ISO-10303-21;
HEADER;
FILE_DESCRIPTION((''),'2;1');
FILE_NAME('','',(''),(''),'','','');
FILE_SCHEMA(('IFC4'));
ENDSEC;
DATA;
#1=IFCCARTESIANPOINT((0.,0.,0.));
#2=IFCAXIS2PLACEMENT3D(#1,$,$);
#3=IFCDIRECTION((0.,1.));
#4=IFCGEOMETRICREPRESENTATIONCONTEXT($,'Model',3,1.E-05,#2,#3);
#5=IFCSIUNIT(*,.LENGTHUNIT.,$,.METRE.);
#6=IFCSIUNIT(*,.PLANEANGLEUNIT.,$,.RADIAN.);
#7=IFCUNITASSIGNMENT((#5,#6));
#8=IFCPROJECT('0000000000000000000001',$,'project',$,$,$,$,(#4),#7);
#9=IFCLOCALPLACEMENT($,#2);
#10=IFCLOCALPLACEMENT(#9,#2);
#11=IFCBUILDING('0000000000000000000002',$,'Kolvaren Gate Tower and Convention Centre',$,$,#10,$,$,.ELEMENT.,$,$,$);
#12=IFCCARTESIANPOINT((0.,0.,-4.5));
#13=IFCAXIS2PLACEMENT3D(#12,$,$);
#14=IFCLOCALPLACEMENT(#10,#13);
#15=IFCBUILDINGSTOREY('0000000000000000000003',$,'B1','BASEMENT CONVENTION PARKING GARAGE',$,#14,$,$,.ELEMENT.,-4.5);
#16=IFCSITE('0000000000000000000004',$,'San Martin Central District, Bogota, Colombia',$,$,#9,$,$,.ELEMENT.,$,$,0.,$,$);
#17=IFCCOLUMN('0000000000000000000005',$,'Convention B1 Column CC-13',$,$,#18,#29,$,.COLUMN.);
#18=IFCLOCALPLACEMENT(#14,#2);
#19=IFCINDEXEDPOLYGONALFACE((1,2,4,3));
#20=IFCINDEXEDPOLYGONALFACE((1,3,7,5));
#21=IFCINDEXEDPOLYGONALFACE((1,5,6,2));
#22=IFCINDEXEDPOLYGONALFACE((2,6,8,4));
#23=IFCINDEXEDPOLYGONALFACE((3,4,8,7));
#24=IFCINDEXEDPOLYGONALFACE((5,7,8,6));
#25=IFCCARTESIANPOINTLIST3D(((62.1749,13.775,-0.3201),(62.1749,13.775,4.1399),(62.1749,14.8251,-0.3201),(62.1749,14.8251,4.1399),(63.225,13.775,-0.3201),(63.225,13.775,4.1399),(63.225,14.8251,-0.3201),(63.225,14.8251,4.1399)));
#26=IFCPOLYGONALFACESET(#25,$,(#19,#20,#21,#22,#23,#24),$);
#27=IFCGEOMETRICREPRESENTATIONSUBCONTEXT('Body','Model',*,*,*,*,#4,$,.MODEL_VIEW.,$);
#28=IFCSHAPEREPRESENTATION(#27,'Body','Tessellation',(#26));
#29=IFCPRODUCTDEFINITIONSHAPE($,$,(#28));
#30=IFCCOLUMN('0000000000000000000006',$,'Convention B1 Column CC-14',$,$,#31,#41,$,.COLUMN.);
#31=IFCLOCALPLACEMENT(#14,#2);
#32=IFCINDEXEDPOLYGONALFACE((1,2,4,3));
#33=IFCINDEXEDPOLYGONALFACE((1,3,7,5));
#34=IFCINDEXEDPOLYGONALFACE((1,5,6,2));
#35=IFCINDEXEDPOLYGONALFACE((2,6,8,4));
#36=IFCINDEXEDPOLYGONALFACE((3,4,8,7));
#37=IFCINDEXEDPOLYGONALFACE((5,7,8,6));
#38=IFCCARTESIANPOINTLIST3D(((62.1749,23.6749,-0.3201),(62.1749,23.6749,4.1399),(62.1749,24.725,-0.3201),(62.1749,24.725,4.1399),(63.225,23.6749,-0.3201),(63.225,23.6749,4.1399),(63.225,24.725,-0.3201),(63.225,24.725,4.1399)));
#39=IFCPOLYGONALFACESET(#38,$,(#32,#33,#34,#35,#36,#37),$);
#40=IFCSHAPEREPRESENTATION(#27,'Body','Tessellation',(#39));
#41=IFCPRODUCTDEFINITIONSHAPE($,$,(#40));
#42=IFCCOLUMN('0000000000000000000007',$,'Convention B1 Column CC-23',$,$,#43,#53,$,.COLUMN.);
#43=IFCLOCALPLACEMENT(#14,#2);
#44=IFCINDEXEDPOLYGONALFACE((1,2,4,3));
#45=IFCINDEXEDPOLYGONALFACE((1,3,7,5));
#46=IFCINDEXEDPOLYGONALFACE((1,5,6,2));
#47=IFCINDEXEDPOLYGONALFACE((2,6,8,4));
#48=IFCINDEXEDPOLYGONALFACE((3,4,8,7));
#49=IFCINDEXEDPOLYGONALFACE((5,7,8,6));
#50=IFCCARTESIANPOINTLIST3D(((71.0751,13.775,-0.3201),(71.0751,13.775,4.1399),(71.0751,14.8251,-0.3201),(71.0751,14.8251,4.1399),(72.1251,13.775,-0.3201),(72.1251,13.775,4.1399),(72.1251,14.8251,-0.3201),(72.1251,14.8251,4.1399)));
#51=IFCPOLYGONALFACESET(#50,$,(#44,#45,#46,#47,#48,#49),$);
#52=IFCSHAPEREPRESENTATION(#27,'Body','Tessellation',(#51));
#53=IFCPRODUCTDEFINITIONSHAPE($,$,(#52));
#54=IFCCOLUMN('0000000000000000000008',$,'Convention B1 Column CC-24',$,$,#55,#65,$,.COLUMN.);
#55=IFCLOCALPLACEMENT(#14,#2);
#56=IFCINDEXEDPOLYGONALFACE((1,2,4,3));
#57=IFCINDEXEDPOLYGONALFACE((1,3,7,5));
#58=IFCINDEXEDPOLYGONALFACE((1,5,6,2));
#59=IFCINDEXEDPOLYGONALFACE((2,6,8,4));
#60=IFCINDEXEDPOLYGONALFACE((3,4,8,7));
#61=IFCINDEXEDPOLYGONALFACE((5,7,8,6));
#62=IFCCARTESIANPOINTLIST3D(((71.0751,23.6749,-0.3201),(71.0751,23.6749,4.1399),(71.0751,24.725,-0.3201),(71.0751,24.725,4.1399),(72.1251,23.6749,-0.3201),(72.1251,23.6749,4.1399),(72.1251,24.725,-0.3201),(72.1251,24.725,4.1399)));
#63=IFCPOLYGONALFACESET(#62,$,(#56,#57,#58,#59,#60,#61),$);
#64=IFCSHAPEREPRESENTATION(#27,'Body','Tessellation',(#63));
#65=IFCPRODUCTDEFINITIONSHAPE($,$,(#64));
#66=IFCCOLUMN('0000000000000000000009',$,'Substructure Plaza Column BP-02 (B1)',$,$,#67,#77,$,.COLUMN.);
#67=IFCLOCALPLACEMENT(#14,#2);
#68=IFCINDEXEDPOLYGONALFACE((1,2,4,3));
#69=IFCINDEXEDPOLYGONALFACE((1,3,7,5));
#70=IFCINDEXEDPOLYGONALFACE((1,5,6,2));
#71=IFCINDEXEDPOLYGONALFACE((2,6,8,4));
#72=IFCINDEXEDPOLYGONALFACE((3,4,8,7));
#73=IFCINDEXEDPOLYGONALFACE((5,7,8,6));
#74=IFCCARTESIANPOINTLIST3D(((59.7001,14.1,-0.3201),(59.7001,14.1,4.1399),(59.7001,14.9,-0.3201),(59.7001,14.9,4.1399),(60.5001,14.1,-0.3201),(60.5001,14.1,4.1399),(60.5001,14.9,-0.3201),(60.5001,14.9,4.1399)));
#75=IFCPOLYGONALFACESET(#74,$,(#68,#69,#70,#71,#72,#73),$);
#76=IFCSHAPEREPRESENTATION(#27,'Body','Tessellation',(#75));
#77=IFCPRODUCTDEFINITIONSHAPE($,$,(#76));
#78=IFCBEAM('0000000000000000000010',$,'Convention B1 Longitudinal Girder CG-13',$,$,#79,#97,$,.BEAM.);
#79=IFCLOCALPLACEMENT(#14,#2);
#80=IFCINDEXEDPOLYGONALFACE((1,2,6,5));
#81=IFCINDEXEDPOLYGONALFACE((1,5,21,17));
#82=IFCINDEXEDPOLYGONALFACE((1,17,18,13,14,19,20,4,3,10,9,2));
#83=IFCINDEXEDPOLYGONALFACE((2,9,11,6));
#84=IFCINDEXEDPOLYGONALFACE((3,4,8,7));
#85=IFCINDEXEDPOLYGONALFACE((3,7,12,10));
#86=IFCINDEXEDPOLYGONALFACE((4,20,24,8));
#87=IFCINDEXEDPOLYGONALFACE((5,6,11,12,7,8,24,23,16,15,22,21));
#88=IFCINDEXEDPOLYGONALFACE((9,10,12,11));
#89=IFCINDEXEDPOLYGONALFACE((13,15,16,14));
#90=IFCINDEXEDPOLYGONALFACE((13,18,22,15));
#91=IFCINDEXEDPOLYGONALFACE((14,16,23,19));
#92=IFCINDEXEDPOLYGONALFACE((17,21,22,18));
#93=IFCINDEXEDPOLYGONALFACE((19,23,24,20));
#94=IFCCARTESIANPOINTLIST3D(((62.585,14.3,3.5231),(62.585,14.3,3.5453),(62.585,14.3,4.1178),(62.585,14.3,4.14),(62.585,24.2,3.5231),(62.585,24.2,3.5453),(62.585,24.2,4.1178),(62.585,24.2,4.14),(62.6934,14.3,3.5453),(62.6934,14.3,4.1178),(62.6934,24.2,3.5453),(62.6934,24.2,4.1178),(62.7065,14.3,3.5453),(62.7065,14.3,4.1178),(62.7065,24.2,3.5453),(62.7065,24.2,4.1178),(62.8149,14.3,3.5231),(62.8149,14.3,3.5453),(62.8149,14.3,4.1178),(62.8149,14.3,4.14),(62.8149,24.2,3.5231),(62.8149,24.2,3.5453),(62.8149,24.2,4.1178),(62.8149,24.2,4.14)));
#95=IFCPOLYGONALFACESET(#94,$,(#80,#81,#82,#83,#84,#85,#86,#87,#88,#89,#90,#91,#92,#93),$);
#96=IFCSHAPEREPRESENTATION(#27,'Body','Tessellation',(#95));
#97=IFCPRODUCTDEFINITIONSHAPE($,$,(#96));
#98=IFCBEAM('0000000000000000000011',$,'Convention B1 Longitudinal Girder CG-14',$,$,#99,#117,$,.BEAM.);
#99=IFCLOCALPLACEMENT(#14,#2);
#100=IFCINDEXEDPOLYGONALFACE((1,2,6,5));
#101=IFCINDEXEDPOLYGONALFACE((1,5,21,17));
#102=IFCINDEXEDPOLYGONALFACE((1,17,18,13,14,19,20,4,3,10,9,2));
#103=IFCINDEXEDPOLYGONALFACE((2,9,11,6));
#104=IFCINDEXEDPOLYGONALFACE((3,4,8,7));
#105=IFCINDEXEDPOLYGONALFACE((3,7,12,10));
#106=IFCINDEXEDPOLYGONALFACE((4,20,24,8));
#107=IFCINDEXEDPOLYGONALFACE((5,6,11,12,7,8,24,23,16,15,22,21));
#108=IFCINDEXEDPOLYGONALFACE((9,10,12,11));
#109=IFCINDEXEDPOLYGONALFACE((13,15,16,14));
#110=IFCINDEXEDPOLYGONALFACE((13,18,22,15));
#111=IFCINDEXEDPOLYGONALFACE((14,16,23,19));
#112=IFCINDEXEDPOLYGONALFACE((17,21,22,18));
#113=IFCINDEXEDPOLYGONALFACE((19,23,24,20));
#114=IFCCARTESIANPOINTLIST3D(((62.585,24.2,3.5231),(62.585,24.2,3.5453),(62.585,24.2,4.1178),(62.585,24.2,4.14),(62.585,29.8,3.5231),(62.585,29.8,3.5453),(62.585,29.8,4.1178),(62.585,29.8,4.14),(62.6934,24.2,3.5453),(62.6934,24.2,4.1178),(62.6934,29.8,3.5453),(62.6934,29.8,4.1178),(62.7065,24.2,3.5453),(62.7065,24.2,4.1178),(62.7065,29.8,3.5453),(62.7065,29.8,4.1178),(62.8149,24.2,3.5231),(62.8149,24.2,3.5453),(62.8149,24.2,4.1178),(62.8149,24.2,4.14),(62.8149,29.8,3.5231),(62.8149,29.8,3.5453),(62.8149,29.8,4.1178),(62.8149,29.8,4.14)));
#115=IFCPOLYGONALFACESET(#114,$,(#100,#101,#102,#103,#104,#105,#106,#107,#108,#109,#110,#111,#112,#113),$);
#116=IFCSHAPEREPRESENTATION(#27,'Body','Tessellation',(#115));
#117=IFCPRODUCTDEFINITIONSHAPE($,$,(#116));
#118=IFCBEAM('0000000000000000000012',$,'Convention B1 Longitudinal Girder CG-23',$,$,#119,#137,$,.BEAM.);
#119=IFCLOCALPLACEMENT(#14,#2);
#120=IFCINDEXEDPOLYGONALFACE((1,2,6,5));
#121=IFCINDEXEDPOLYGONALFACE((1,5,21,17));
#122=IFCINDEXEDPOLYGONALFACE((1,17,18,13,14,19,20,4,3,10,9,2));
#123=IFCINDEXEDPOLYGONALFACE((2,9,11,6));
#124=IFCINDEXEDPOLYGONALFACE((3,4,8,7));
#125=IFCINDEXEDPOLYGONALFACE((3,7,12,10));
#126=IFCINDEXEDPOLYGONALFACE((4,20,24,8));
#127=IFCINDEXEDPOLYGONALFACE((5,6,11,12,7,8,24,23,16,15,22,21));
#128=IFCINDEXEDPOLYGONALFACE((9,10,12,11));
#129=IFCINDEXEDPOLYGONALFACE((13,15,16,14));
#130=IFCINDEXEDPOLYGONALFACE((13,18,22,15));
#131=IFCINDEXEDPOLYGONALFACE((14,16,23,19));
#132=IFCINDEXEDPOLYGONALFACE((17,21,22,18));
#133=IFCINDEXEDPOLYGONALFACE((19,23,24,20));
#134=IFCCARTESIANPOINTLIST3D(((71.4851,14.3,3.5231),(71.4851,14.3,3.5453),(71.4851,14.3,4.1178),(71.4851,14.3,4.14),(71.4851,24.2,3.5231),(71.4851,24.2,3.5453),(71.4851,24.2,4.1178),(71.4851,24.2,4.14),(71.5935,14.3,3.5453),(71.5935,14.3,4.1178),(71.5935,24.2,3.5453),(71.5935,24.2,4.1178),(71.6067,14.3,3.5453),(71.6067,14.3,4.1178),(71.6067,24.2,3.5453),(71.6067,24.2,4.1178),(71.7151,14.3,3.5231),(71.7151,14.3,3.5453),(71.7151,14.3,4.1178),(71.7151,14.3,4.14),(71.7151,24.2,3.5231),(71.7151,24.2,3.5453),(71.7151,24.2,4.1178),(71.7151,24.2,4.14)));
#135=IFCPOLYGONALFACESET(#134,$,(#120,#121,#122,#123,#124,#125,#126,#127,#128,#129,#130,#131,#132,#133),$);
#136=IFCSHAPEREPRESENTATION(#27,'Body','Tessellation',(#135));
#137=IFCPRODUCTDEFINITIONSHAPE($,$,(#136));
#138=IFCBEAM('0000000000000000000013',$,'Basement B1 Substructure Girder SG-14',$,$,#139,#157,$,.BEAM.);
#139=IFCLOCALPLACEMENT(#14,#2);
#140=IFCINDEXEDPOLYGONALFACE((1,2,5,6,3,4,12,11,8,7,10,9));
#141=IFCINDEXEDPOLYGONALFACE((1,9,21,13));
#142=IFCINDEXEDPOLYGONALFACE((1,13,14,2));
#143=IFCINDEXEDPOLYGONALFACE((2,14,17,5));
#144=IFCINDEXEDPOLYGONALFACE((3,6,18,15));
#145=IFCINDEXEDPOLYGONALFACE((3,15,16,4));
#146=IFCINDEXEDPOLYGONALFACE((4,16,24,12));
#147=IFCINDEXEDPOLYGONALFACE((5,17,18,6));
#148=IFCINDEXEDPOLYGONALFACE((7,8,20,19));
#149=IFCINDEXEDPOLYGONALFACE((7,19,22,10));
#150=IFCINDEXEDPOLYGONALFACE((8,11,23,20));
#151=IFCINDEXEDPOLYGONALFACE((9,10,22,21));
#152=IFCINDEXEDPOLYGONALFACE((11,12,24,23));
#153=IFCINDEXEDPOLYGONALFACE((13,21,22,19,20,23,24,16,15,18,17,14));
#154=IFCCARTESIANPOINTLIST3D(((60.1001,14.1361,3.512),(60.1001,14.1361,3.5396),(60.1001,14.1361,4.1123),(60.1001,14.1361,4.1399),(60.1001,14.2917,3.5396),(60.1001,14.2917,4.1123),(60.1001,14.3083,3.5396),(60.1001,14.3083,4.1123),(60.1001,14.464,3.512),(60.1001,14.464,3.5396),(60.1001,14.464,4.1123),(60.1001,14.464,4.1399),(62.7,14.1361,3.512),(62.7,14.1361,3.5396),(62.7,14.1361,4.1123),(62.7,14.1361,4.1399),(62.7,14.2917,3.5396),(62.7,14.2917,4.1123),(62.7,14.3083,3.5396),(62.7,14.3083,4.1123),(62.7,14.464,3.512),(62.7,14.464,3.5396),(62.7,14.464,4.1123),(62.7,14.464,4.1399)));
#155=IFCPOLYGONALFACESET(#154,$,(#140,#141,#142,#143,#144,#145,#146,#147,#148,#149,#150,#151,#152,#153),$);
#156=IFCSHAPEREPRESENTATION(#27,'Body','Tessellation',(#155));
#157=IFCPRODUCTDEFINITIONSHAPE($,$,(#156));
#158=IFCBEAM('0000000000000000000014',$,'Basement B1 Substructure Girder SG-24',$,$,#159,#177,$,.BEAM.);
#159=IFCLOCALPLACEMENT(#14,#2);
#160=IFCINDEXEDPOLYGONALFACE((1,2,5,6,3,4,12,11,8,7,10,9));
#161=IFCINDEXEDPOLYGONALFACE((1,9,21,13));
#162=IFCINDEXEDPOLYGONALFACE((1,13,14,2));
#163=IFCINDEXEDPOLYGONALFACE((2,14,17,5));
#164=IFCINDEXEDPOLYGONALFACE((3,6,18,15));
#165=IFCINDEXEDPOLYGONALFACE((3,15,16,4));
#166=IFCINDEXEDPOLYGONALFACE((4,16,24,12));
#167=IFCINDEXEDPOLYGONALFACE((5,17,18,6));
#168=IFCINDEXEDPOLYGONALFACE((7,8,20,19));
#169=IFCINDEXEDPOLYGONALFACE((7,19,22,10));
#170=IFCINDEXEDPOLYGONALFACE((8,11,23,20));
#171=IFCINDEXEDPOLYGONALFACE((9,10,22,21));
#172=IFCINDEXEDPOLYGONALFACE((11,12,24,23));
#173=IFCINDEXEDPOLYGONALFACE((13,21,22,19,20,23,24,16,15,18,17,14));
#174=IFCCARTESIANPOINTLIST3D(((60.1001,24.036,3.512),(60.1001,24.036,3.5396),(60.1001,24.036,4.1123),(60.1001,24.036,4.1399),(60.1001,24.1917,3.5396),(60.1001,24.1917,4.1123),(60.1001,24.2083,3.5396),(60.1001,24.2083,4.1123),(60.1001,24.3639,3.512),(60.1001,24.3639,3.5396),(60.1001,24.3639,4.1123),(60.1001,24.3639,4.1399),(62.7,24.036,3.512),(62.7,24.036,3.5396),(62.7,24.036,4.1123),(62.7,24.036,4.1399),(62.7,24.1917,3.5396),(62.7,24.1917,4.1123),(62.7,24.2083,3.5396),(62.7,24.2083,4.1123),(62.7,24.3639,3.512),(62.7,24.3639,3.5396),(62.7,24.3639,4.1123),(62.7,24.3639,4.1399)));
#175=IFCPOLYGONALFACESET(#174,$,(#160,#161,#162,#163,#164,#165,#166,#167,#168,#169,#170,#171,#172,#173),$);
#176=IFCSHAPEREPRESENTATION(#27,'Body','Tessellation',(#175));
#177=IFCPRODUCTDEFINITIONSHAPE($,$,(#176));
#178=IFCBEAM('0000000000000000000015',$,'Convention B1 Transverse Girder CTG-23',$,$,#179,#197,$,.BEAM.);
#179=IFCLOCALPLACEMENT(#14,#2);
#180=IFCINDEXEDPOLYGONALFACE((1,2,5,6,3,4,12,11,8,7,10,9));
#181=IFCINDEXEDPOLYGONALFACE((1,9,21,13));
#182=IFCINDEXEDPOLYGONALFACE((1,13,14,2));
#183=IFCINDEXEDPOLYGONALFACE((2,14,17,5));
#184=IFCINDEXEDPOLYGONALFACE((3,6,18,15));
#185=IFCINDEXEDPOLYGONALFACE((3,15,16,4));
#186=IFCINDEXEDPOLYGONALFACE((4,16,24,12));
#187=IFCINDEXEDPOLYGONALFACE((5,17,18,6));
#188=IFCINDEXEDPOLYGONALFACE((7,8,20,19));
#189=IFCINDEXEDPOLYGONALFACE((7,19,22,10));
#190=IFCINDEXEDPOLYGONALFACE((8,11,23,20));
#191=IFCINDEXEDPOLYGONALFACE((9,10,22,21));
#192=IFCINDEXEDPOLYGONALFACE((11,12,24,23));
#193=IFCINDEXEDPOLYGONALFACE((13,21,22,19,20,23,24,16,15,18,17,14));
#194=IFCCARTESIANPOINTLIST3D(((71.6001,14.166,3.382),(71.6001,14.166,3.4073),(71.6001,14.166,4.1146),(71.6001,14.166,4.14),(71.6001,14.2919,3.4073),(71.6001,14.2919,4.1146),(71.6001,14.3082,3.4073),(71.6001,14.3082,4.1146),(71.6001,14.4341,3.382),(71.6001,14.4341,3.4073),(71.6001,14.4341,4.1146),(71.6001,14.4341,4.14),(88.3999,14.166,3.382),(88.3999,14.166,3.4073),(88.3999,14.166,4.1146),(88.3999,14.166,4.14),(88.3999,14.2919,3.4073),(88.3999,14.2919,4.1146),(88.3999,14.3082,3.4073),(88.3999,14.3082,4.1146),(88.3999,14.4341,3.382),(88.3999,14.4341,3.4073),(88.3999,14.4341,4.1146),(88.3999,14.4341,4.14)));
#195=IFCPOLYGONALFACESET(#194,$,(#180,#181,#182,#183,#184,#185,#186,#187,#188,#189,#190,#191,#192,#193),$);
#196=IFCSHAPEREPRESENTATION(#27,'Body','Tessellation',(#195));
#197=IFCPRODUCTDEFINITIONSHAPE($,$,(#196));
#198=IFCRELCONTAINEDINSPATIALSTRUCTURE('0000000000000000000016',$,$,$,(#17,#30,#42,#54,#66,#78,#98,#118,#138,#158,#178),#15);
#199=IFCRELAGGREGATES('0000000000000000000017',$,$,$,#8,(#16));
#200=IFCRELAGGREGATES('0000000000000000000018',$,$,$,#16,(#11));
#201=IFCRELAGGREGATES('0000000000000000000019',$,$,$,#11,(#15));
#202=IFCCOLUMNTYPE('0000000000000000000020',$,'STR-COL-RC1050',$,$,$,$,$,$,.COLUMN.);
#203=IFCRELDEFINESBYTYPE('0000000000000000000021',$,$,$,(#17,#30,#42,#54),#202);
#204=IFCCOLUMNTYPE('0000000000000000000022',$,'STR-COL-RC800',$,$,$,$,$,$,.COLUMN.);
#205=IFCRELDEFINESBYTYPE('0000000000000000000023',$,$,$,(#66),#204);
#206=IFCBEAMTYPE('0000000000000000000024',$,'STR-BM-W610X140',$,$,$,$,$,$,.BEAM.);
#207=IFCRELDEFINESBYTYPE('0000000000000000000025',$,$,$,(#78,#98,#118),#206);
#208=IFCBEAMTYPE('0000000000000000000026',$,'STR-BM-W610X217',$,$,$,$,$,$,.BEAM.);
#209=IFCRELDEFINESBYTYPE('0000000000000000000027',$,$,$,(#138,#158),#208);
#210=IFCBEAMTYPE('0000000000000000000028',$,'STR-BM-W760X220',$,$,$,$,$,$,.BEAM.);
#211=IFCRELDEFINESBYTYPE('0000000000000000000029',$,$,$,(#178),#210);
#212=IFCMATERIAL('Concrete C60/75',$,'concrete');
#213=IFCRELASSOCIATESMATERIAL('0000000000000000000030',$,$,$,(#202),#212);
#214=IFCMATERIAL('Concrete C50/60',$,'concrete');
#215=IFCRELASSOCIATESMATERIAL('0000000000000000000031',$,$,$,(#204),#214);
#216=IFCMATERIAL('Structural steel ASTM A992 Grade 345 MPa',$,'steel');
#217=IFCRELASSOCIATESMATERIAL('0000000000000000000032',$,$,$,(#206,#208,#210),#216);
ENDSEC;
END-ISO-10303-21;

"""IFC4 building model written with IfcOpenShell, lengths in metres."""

from ifc_helpers import new_model, si_unit, direction, frame, origin, origin_2d, place, context, subcontext, project, spatial, rectangle, i_section, extrude, material, material_profile, profile_set, type_object, element, save


model = new_model("IFC4")

# Units and contexts
model_context = context("Model", 3, precision=1e-05, world=origin(), true_north=direction((0.0, 1.0)))
body_context = subcontext(model_context, "Body", "Model", "MODEL_VIEW")
ifc_project = project(units=[si_unit("LENGTHUNIT", "METRE"), si_unit("PLANEANGLEUNIT", "RADIAN")], contexts=[model_context])

# Site, building, storey
site_placement = place(None, origin())
site = spatial("IfcSite", under=ifc_project, at=site_placement, Name="San Martin Central District, Bogota, Colombia", CompositionType="ELEMENT", RefElevation=0.0)
building_placement = place(site_placement, origin())
building = spatial("IfcBuilding", under=site, at=building_placement, Name="Kolvaren Gate Tower and Convention Centre", CompositionType="ELEMENT")
storey_placement = place(building_placement, frame((0.0, 0.0, -4.5)))
storey = spatial("IfcBuildingStorey", under=building, at=storey_placement, Name="B1", Description="BASEMENT CONVENTION PARKING GARAGE", CompositionType="ELEMENT", Elevation=-4.5)

# Columns
ifc_material_1 = material(Name="Concrete C60/75", Category="concrete")
ifc_material_profile_1 = material_profile(ifc_material_1, rectangle(XDim=1.05, YDim=1.05, at=origin_2d()), Name="RC-COL-1050X1050")
ifc_profile_set_1 = profile_set([ifc_material_profile_1], Name="Concrete C60/75")
column_type_1 = type_object("IfcColumnType", Name="STR-COL-RC1050", PredefinedType="COLUMN", material=ifc_profile_set_1)
for number, where, z_axis, x_axis, name in (
    (1, (62.7, 14.3, -0.3201), (0.0, 0.0, 1.0), (1.0, 0.0, 0.0), "Convention B1 Column CC-13"),
    (2, (62.7, 24.2, -0.3201), (0.0, 0.0, 1.0), (1.0, 0.0, 0.0), "Convention B1 Column CC-14"),
    (3, (71.6001, 14.3, -0.3201), (0.0, 0.0, 1.0), (1.0, 0.0, 0.0), "Convention B1 Column CC-23"),
    (4, (71.6001, 24.2, -0.3201), (0.0, 0.0, 1.0), (1.0, 0.0, 0.0), "Convention B1 Column CC-24"),
):
    element("IfcColumn", number, at=place(storey_placement, frame(where, z_axis=z_axis, x_axis=x_axis)), inside=storey, type_object=column_type_1, Name=name, PredefinedType="COLUMN", context=body_context, shape_type="SweptSolid", body=[
        extrude(rectangle(XDim=1.05, YDim=1.05, at=origin_2d()), origin(), (0.0, 0.0, 1.0), 4.46),
    ])
ifc_material_2 = material(Name="Concrete C50/60", Category="concrete")
ifc_material_profile_2 = material_profile(ifc_material_2, rectangle(XDim=0.8, YDim=0.8, at=origin_2d()), Name="RC-COL-800X800")
ifc_profile_set_2 = profile_set([ifc_material_profile_2], Name="Concrete C50/60")
column_type_2 = type_object("IfcColumnType", Name="STR-COL-RC800", PredefinedType="COLUMN", material=ifc_profile_set_2)
column_placement = place(storey_placement, frame((60.1001, 14.5, -0.3201), z_axis=(0.0, 0.0, 1.0), x_axis=(1.0, 0.0, 0.0)))
element("IfcColumn", 5, at=column_placement, inside=storey, type_object=column_type_2, Name="Substructure Plaza Column BP-02 (B1)", PredefinedType="COLUMN", context=body_context, shape_type="SweptSolid", body=[
    extrude(rectangle(XDim=0.8, YDim=0.8, at=origin_2d()), origin(), (0.0, 0.0, 1.0), 4.46),
])

# Beams
ifc_material_3 = material(Name="Structural steel ASTM A992 Grade 345 MPa", Category="steel")
ifc_material_profile_3 = material_profile(ifc_material_3, i_section(OverallWidth=0.23, OverallDepth=0.6169, WebThickness=0.0132, FlangeThickness=0.0222, at=origin_2d()), Name="W610X140")
ifc_profile_set_3 = profile_set([ifc_material_profile_3], Name="Structural steel ASTM A992 Grade 345 MPa")
beam_type_1 = type_object("IfcBeamType", Name="STR-BM-W610X140", PredefinedType="BEAM", material=ifc_profile_set_3)
beam_1_placement = place(storey_placement, frame((62.7, 14.3, 3.8315), z_axis=(0.0, 1.0, 0.0), x_axis=(-1.0, 0.0, 0.0)))
element("IfcBeam", 6, at=beam_1_placement, inside=storey, type_object=beam_type_1, Name="Convention B1 Longitudinal Girder CG-13", PredefinedType="BEAM", context=body_context, shape_type="SweptSolid", body=[
    extrude(i_section(OverallWidth=0.23, OverallDepth=0.6169, WebThickness=0.0132, FlangeThickness=0.0222, at=origin_2d()), origin(), (0.0, 0.0, 1.0), 9.8999),
])
beam_2_placement = place(storey_placement, frame((62.7, 24.2, 3.8315), z_axis=(0.0, 1.0, 0.0), x_axis=(-1.0, 0.0, 0.0)))
element("IfcBeam", 7, at=beam_2_placement, inside=storey, type_object=beam_type_1, Name="Convention B1 Longitudinal Girder CG-14", PredefinedType="BEAM", context=body_context, shape_type="SweptSolid", body=[
    extrude(i_section(OverallWidth=0.23, OverallDepth=0.6169, WebThickness=0.0132, FlangeThickness=0.0222, at=origin_2d()), origin(), (0.0, 0.0, 1.0), 5.6001),
])
beam_3_placement = place(storey_placement, frame((71.6001, 14.3, 3.8315), z_axis=(0.0, 1.0, 0.0), x_axis=(-1.0, 0.0, 0.0)))
element("IfcBeam", 8, at=beam_3_placement, inside=storey, type_object=beam_type_1, Name="Convention B1 Longitudinal Girder CG-23", PredefinedType="BEAM", context=body_context, shape_type="SweptSolid", body=[
    extrude(i_section(OverallWidth=0.23, OverallDepth=0.6169, WebThickness=0.0132, FlangeThickness=0.0222, at=origin_2d()), origin(), (0.0, 0.0, 1.0), 9.8999),
])
ifc_material_profile_4 = material_profile(ifc_material_3, i_section(OverallWidth=0.3279, OverallDepth=0.6279, WebThickness=0.0166, FlangeThickness=0.0276, at=origin_2d()), Name="W610X217")
ifc_profile_set_4 = profile_set([ifc_material_profile_4], Name="Structural steel ASTM A992 Grade 345 MPa")
beam_type_2 = type_object("IfcBeamType", Name="STR-BM-W610X217", PredefinedType="BEAM", material=ifc_profile_set_4)
for number, where, z_axis, x_axis, name in (
    (9, (60.1001, 14.3, 3.8259), (1.0, 0.0, 0.0), (0.0, 1.0, 0.0), "Basement B1 Substructure Girder SG-14"),
    (10, (60.1001, 24.2, 3.8259), (1.0, 0.0, 0.0), (0.0, 1.0, 0.0), "Basement B1 Substructure Girder SG-24"),
):
    element("IfcBeam", number, at=place(storey_placement, frame(where, z_axis=z_axis, x_axis=x_axis)), inside=storey, type_object=beam_type_2, Name=name, PredefinedType="BEAM", context=body_context, shape_type="SweptSolid", body=[
        extrude(i_section(OverallWidth=0.3279, OverallDepth=0.6279, WebThickness=0.0166, FlangeThickness=0.0276, at=origin_2d()), origin(), (0.0, 0.0, 1.0), 2.5999),
    ])
ifc_material_profile_5 = material_profile(ifc_material_3, i_section(OverallWidth=0.2681, OverallDepth=0.7581, WebThickness=0.0164, FlangeThickness=0.0254, at=origin_2d()), Name="W760X220")
ifc_profile_set_5 = profile_set([ifc_material_profile_5], Name="Structural steel ASTM A992 Grade 345 MPa")
beam_type_3 = type_object("IfcBeamType", Name="STR-BM-W760X220", PredefinedType="BEAM", material=ifc_profile_set_5)
beam_4_placement = place(storey_placement, frame((71.6001, 14.3, 3.761), z_axis=(1.0, 0.0, 0.0), x_axis=(0.0, 1.0, 0.0)))
element("IfcBeam", 11, at=beam_4_placement, inside=storey, type_object=beam_type_3, Name="Convention B1 Transverse Girder CTG-23", PredefinedType="BEAM", context=body_context, shape_type="SweptSolid", body=[
    extrude(i_section(OverallWidth=0.2681, OverallDepth=0.7581, WebThickness=0.0164, FlangeThickness=0.0254, at=origin_2d()), origin(), (0.0, 0.0, 1.0), 16.7998),
])

save(model, "model.ifc")
